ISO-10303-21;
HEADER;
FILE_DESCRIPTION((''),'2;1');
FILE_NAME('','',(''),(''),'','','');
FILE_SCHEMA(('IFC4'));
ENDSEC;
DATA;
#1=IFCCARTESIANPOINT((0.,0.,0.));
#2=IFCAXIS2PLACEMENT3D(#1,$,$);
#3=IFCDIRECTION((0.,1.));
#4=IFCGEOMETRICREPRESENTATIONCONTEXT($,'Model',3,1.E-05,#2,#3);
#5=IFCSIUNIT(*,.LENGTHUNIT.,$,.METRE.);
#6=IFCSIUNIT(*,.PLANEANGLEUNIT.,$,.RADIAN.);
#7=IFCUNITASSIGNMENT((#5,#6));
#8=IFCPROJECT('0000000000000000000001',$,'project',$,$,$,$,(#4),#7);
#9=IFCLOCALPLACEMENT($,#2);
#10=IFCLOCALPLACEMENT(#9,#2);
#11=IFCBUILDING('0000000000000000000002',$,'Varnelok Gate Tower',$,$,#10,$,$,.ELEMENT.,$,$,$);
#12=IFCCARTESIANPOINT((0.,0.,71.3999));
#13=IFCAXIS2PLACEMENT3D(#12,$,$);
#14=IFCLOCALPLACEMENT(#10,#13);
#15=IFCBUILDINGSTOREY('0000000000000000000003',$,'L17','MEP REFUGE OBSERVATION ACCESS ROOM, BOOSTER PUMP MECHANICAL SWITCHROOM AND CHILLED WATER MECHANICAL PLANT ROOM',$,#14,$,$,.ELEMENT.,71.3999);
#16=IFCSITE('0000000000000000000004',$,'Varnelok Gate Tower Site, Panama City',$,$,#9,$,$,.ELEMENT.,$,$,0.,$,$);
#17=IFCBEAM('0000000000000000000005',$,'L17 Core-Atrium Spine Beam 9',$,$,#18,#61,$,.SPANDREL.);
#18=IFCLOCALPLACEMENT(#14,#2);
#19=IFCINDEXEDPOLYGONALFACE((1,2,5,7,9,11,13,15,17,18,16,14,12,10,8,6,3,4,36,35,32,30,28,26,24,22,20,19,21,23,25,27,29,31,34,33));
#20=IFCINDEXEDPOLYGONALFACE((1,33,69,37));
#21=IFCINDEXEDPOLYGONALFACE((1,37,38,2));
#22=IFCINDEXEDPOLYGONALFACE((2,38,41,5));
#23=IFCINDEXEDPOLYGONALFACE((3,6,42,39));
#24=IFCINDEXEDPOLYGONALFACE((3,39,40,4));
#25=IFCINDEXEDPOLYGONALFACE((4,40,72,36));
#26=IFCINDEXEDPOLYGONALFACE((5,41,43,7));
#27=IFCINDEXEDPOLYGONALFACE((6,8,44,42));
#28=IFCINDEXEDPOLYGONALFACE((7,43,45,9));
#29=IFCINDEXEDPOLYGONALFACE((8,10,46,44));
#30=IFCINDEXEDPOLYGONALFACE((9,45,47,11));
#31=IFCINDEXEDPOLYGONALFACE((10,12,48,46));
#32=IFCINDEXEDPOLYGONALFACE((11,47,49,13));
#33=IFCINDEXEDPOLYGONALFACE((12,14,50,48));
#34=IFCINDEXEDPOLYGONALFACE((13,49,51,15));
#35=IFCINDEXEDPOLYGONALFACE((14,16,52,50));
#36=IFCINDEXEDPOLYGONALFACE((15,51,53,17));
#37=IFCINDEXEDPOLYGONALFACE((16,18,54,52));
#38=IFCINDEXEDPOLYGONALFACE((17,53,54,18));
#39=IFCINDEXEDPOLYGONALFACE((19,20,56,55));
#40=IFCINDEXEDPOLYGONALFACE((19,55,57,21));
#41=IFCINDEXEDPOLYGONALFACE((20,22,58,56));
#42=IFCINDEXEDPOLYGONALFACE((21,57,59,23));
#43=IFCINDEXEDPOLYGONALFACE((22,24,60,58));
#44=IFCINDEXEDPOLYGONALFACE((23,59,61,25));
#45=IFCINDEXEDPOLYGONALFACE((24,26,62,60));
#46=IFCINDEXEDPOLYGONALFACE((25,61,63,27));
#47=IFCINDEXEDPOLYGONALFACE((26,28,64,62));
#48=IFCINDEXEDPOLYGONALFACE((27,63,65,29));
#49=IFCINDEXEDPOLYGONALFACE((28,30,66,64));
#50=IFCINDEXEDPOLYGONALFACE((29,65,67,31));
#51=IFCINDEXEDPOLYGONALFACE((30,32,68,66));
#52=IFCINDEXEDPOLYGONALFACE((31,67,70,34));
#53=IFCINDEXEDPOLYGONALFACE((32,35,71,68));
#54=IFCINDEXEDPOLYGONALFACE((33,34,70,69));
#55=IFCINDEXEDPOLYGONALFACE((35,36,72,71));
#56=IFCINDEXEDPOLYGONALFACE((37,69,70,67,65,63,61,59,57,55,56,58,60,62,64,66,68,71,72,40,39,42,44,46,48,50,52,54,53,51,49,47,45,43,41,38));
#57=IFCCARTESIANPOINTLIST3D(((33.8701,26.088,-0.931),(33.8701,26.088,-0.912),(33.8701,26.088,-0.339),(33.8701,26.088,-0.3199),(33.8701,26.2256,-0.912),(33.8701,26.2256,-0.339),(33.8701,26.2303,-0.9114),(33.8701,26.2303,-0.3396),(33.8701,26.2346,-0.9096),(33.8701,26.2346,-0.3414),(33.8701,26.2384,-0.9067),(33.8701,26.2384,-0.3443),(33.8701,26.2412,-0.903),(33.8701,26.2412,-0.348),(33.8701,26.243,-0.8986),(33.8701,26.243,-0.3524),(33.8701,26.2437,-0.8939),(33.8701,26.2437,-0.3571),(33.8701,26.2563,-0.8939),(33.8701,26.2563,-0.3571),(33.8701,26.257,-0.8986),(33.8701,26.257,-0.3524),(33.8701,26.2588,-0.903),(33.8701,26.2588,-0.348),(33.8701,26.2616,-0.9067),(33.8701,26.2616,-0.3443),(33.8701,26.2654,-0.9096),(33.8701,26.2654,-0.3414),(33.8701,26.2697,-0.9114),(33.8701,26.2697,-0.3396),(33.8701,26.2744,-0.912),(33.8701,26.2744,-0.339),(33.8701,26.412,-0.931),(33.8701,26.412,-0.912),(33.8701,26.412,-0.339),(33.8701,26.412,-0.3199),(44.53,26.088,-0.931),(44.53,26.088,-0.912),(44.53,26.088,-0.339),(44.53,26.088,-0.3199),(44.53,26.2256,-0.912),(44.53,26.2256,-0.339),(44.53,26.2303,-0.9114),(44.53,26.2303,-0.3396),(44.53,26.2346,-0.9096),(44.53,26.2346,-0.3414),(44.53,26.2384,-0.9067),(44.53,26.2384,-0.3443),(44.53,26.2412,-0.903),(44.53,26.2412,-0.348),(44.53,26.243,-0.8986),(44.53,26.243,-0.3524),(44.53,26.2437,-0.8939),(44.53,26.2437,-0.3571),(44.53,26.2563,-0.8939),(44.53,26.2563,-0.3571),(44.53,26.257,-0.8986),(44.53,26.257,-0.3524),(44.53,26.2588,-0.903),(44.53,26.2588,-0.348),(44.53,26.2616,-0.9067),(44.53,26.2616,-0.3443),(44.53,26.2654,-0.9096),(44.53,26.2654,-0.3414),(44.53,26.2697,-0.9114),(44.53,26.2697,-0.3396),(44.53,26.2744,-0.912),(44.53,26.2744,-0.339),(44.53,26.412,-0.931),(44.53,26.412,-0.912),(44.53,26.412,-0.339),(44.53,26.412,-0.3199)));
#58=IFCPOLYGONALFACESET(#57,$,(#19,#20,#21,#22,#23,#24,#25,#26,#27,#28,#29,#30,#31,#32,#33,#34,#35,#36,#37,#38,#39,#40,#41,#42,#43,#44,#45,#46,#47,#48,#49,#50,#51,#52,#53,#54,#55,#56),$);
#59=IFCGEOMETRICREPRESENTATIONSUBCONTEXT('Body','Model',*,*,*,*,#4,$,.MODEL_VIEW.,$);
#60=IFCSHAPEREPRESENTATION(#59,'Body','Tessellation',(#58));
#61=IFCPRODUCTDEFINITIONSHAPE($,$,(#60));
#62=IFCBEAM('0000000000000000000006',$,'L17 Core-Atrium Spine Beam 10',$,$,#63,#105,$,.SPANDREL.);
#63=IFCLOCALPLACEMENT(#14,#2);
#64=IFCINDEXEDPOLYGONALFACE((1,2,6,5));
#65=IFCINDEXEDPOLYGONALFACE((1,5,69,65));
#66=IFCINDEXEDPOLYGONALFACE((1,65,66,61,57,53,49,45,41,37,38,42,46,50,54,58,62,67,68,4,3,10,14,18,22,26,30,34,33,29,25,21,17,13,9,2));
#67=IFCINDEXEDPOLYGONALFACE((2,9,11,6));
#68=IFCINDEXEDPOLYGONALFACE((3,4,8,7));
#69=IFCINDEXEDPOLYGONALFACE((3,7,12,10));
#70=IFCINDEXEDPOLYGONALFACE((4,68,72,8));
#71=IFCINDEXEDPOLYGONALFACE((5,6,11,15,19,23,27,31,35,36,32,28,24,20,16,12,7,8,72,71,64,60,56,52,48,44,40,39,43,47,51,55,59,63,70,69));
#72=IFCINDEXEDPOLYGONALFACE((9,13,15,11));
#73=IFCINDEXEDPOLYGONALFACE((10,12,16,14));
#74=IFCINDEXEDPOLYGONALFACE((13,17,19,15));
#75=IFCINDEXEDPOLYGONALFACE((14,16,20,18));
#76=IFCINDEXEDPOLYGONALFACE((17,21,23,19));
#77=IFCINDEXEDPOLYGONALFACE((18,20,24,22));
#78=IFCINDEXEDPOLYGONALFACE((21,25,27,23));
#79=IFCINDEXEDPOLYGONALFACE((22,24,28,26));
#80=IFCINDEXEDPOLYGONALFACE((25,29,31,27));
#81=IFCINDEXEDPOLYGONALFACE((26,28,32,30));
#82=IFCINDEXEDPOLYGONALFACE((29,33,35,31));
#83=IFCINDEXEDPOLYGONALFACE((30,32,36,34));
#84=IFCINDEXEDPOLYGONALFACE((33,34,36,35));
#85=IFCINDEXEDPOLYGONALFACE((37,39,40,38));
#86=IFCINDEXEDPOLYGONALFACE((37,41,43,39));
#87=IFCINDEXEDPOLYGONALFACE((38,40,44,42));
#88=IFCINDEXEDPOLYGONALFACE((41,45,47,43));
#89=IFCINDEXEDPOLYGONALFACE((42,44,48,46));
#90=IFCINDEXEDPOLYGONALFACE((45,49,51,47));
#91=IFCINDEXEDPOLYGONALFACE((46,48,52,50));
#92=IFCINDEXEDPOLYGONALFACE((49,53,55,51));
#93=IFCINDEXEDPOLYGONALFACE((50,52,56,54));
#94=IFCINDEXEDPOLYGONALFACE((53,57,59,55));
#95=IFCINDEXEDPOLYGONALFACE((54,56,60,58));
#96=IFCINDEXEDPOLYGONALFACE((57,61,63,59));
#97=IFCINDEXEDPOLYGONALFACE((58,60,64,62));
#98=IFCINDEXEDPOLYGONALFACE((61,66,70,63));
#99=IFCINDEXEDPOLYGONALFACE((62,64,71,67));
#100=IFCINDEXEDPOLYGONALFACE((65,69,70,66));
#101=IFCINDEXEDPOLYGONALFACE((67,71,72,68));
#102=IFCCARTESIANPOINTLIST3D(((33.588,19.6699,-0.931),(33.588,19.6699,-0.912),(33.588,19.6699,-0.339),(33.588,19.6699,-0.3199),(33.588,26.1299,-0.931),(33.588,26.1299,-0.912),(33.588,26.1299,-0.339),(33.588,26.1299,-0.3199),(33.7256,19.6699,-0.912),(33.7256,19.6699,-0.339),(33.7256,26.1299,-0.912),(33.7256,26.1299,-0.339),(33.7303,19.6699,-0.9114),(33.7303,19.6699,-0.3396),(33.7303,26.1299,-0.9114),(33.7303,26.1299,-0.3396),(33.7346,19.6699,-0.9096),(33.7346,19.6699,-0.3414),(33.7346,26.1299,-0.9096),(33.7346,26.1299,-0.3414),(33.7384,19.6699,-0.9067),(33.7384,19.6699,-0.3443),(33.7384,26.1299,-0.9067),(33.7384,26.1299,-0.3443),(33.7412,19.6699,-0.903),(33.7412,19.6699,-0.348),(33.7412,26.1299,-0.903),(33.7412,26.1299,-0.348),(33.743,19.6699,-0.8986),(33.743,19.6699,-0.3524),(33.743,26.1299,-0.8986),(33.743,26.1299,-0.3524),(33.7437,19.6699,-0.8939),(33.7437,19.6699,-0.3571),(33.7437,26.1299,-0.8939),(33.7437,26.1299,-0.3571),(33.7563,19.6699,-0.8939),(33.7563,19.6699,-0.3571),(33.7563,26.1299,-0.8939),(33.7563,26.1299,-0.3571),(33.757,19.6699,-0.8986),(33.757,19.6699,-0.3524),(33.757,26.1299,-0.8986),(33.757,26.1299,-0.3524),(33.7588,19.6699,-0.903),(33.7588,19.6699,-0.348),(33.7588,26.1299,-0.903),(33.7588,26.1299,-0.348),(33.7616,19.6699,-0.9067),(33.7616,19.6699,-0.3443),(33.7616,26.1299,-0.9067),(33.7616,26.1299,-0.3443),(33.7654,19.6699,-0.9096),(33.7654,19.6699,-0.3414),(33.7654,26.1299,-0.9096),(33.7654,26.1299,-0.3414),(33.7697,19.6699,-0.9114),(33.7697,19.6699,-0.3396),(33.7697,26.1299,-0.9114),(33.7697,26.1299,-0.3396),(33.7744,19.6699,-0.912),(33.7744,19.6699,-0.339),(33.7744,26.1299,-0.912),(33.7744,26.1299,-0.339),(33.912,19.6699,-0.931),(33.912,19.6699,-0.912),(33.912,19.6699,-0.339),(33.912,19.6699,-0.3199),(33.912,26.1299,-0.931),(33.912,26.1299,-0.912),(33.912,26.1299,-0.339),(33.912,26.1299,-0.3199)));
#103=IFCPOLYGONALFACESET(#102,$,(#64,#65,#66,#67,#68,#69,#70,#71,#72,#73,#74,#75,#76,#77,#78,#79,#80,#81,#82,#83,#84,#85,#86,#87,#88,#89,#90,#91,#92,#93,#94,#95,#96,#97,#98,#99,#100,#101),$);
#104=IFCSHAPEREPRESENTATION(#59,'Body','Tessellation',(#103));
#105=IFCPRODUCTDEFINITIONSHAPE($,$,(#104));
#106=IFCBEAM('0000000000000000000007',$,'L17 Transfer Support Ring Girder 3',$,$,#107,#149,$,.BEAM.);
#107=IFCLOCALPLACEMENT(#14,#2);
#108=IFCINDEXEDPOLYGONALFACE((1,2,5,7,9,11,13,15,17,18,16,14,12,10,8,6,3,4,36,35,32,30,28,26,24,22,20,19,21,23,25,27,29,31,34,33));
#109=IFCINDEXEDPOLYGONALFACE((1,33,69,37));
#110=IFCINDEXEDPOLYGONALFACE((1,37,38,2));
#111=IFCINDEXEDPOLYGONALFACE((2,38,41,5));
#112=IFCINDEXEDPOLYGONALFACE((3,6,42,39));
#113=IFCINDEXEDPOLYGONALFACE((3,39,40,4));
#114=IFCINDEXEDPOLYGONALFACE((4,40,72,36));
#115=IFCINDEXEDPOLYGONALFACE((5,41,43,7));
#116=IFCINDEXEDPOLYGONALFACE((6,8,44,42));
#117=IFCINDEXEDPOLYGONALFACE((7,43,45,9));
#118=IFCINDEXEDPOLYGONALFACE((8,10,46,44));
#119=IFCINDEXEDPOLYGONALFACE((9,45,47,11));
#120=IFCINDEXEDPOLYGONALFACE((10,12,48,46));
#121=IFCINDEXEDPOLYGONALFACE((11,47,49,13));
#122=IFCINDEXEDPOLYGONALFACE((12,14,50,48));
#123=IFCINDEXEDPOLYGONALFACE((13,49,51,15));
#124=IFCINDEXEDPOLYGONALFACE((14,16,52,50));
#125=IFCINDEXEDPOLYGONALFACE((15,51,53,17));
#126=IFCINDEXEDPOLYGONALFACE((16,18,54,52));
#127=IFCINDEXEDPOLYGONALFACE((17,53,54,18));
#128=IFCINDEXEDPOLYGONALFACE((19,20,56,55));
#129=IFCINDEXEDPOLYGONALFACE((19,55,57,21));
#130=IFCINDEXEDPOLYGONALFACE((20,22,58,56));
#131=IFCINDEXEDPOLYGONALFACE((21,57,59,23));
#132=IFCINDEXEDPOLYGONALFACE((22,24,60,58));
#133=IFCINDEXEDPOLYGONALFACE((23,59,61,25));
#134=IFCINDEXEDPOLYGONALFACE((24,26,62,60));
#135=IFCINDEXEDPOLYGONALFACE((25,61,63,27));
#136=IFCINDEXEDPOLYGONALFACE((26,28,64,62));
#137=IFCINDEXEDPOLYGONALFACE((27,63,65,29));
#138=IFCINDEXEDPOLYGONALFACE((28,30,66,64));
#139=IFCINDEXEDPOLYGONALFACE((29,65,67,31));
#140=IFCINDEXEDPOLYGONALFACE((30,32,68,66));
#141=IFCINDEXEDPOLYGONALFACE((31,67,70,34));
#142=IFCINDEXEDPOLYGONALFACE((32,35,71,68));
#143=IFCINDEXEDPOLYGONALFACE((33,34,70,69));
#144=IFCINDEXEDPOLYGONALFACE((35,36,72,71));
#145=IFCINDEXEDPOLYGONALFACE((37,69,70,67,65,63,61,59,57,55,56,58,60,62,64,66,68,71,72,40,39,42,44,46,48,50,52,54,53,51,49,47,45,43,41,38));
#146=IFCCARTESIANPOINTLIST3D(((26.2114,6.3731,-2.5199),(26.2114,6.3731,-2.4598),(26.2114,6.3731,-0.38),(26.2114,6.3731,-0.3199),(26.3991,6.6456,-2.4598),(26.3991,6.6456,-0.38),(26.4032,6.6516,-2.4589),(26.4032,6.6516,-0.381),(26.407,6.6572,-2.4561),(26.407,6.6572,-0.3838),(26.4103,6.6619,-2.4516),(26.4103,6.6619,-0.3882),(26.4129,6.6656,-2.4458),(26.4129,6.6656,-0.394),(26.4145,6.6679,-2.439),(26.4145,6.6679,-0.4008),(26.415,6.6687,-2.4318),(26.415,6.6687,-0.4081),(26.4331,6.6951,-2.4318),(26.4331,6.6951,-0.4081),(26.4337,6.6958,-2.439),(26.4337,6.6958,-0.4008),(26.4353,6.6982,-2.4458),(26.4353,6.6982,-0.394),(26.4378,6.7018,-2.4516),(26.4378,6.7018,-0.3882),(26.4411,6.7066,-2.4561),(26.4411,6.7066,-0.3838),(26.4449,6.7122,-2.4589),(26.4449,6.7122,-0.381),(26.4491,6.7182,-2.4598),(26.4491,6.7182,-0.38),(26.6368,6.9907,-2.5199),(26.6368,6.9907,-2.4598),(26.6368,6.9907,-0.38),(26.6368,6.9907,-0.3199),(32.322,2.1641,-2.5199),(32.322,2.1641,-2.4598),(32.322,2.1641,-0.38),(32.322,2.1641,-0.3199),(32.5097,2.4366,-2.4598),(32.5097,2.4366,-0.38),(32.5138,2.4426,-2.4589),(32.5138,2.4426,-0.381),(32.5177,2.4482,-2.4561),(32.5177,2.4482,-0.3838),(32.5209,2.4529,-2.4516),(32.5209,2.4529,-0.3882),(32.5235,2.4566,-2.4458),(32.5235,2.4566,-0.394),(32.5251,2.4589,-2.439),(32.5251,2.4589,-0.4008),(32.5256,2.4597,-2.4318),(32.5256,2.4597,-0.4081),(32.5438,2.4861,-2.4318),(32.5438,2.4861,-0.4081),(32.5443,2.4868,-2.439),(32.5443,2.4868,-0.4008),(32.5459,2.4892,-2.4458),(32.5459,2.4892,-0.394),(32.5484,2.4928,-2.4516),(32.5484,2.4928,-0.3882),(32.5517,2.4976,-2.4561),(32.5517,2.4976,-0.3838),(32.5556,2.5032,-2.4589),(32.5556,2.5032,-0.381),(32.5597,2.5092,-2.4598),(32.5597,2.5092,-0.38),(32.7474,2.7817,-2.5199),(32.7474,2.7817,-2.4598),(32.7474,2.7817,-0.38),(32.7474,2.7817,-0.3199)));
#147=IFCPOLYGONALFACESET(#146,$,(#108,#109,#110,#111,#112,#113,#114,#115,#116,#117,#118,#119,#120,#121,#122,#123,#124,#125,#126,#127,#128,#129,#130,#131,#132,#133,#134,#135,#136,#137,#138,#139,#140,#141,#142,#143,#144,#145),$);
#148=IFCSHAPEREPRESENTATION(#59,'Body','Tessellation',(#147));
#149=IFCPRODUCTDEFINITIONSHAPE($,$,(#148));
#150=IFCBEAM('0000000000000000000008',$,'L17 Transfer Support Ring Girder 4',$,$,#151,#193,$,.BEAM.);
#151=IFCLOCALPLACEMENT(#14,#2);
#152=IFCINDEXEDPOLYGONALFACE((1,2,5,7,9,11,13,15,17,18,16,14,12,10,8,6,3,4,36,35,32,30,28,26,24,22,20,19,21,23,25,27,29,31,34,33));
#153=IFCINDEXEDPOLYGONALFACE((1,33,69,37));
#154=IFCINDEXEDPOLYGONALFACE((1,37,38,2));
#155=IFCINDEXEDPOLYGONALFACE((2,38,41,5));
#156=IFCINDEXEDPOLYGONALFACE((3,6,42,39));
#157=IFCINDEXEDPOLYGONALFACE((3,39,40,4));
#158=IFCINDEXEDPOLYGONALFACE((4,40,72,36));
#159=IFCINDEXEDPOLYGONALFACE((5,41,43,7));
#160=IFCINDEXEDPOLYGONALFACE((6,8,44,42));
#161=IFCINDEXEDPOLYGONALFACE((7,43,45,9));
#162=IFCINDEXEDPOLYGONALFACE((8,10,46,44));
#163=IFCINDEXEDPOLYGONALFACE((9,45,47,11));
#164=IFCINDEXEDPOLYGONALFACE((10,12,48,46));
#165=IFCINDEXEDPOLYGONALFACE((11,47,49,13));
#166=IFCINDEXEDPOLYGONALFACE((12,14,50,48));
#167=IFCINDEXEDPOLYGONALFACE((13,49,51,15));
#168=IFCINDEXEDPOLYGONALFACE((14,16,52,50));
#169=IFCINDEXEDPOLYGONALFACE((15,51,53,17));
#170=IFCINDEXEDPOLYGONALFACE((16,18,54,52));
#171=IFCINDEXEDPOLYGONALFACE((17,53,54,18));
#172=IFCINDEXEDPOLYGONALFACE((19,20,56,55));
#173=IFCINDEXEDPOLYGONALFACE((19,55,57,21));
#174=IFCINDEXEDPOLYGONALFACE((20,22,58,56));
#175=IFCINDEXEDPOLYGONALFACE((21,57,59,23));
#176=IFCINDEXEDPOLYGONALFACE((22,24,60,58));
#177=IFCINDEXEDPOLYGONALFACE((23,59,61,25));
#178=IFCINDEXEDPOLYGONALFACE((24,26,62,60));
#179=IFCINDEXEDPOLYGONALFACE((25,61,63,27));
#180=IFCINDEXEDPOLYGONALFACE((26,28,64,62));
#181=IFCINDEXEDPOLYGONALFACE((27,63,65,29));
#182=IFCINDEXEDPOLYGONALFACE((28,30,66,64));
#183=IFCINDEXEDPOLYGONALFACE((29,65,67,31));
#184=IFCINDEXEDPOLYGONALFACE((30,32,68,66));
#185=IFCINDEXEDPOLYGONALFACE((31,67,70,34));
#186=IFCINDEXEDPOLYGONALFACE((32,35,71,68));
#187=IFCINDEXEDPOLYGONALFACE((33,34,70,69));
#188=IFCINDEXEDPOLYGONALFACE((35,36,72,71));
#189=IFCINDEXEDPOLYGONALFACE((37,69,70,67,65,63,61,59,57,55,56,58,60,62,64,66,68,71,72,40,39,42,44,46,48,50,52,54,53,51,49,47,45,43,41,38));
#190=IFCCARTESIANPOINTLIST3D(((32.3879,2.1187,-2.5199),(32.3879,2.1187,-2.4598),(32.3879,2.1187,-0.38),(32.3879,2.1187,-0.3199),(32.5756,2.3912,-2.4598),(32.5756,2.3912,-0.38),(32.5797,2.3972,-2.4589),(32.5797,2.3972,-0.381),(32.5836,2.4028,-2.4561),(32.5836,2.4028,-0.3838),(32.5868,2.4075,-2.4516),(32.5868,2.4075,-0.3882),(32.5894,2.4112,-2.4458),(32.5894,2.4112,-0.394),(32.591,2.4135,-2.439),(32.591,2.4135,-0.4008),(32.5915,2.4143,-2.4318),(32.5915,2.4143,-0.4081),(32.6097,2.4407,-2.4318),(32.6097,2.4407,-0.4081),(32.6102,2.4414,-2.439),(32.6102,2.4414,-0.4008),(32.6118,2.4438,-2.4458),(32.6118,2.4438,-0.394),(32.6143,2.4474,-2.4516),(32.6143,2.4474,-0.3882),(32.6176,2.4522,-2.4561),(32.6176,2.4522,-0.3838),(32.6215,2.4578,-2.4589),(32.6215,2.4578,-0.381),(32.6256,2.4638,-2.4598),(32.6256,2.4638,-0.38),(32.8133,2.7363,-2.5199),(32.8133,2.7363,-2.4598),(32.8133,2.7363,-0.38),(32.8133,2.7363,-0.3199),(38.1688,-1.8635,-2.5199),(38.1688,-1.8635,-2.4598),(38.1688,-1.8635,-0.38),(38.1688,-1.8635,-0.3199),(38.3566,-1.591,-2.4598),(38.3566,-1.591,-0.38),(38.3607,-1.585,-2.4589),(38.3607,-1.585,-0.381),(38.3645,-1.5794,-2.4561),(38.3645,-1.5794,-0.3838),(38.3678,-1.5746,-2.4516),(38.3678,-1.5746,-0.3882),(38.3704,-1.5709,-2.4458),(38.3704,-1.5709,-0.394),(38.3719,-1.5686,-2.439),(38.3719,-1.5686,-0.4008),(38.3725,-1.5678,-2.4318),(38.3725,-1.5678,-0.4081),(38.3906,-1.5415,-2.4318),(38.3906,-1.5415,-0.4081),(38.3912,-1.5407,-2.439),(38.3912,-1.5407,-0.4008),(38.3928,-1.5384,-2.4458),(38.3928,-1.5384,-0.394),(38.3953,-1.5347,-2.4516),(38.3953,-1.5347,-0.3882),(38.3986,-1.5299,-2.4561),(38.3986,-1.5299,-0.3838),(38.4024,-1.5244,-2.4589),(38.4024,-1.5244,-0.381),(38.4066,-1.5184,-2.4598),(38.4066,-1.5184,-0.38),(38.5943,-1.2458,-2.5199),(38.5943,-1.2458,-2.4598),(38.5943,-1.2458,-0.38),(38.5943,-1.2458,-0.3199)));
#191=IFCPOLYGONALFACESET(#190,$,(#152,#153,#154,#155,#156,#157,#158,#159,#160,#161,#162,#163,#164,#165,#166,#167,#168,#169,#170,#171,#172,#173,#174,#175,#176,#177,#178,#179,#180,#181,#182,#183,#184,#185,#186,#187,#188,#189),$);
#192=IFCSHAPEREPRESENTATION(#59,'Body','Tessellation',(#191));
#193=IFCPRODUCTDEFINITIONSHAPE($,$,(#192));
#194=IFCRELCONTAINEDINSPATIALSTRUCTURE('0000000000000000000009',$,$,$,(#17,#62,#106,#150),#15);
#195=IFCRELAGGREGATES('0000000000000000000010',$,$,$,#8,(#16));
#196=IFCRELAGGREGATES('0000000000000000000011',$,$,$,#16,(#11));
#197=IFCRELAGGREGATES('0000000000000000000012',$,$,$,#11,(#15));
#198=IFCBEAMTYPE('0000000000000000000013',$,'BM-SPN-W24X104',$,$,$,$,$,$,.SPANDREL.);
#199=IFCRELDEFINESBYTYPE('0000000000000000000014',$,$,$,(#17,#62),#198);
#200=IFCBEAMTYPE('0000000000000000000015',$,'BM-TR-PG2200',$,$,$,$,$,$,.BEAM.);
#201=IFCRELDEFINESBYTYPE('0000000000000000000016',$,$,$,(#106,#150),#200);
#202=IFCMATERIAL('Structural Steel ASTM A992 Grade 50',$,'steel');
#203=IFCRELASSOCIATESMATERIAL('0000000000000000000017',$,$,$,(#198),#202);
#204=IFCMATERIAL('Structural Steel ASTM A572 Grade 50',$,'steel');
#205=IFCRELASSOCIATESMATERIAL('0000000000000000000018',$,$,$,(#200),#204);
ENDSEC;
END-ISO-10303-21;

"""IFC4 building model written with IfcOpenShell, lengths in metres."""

from ifc_helpers import new_model, si_unit, direction, frame, origin, origin_2d, place, context, subcontext, project, spatial, i_section, extrude, material, material_profile, profile_set, type_object, element, save


model = new_model("IFC4")

# Units and contexts
model_context = context("Model", 3, precision=1e-05, world=origin(), true_north=direction((0.0, 1.0)))
body_context = subcontext(model_context, "Body", "Model", "MODEL_VIEW")
ifc_project = project(units=[si_unit("LENGTHUNIT", "METRE"), si_unit("PLANEANGLEUNIT", "RADIAN")], contexts=[model_context])

# Site, building, storey
site_placement = place(None, origin())
site = spatial("IfcSite", under=ifc_project, at=site_placement, Name="Varnelok Gate Tower Site, Panama City", CompositionType="ELEMENT", RefElevation=0.0)
building_placement = place(site_placement, origin())
building = spatial("IfcBuilding", under=site, at=building_placement, Name="Varnelok Gate Tower", CompositionType="ELEMENT")
storey_placement = place(building_placement, frame((0.0, 0.0, 71.3999)))
storey = spatial("IfcBuildingStorey", under=building, at=storey_placement, Name="L17", Description="MEP REFUGE OBSERVATION ACCESS ROOM, BOOSTER PUMP MECHANICAL SWITCHROOM AND CHILLED WATER MECHANICAL PLANT ROOM", CompositionType="ELEMENT", Elevation=71.3999)

# Shared definitions
ifc_material_1 = material(Name="Structural Steel ASTM A992 Grade 50", Category="steel")

# Beams
ifc_material_profile_1 = material_profile(ifc_material_1, i_section(OverallWidth=0.324, OverallDepth=0.6111, WebThickness=0.0127, FlangeThickness=0.019, FilletRadius=0.0181, at=origin_2d()), Name="W24X104")
ifc_profile_set_1 = profile_set([ifc_material_profile_1], Name="Structural Steel ASTM A992 Grade 50")
beam_type_1 = type_object("IfcBeamType", Name="BM-SPN-W24X104", PredefinedType="SPANDREL", material=ifc_profile_set_1)
for number, where, z_axis, x_axis, name in (
    (1, (33.8701, 26.25, -0.6255), (1.0, 0.0, 0.0), (0.0, 1.0, 0.0), "L17 Core-Atrium Spine Beam 9"),
):
    element("IfcBeam", number, at=place(storey_placement, frame(where, z_axis=z_axis, x_axis=x_axis)), inside=storey, type_object=beam_type_1, Name=name, PredefinedType="SPANDREL", context=body_context, shape_type="SweptSolid", body=[
        extrude(i_section(OverallWidth=0.324, OverallDepth=0.6111, WebThickness=0.0127, FlangeThickness=0.019, FilletRadius=0.0181, at=origin_2d()), origin(), (0.0, 0.0, 1.0), 10.6599),
    ])
beam_1_placement = place(storey_placement, frame((33.75, 19.6699, -0.6255), z_axis=(0.0, 1.0, 0.0), x_axis=(-1.0, 0.0, 0.0)))
element("IfcBeam", 2, at=beam_1_placement, inside=storey, type_object=beam_type_1, Name="L17 Core-Atrium Spine Beam 10", PredefinedType="SPANDREL", context=body_context, shape_type="SweptSolid", body=[
    extrude(i_section(OverallWidth=0.324, OverallDepth=0.6111, WebThickness=0.0127, FlangeThickness=0.019, FilletRadius=0.0181, at=origin_2d()), origin(), (0.0, 0.0, 1.0), 6.46),
])
ifc_material_2 = material(Name="Structural Steel ASTM A572 Grade 50", Category="steel")
ifc_material_profile_2 = material_profile(ifc_material_2, i_section(OverallWidth=0.75, OverallDepth=2.2, WebThickness=0.032, FlangeThickness=0.0601, FilletRadius=0.0281, at=origin_2d()), Name="PG2200X750")
ifc_profile_set_2 = profile_set([ifc_material_profile_2], Name="Structural Steel ASTM A572 Grade 50")
beam_type_2 = type_object("IfcBeamType", Name="BM-TR-PG2200", PredefinedType="BEAM", material=ifc_profile_set_2)
beam_2_placement = place(storey_placement, frame((26.4241, 6.6819, -1.4199), z_axis=(0.823541, -0.567256, 0.0), x_axis=(0.567256, 0.823541, 0.0)))
element("IfcBeam", 3, at=beam_2_placement, inside=storey, type_object=beam_type_2, Name="L17 Transfer Support Ring Girder 3", PredefinedType="BEAM", context=body_context, shape_type="SweptSolid", body=[
    extrude(i_section(OverallWidth=0.75, OverallDepth=2.2, WebThickness=0.032, FlangeThickness=0.0601, FilletRadius=0.0281, at=origin_2d()), origin(), (0.0, 0.0, 1.0), 7.4199),
])
beam_3_placement = place(storey_placement, frame((32.6006, 2.4275, -1.4199), z_axis=(0.823527, -0.567277, 0.0), x_axis=(0.567277, 0.823527, 0.0)))
element("IfcBeam", 4, at=beam_3_placement, inside=storey, type_object=beam_type_2, Name="L17 Transfer Support Ring Girder 4", PredefinedType="BEAM", context=body_context, shape_type="SweptSolid", body=[
    extrude(i_section(OverallWidth=0.75, OverallDepth=2.2, WebThickness=0.032, FlangeThickness=0.0601, FilletRadius=0.0281, at=origin_2d()), origin(), (0.0, 0.0, 1.0), 7.0198),
])

save(model, "model.ifc")
